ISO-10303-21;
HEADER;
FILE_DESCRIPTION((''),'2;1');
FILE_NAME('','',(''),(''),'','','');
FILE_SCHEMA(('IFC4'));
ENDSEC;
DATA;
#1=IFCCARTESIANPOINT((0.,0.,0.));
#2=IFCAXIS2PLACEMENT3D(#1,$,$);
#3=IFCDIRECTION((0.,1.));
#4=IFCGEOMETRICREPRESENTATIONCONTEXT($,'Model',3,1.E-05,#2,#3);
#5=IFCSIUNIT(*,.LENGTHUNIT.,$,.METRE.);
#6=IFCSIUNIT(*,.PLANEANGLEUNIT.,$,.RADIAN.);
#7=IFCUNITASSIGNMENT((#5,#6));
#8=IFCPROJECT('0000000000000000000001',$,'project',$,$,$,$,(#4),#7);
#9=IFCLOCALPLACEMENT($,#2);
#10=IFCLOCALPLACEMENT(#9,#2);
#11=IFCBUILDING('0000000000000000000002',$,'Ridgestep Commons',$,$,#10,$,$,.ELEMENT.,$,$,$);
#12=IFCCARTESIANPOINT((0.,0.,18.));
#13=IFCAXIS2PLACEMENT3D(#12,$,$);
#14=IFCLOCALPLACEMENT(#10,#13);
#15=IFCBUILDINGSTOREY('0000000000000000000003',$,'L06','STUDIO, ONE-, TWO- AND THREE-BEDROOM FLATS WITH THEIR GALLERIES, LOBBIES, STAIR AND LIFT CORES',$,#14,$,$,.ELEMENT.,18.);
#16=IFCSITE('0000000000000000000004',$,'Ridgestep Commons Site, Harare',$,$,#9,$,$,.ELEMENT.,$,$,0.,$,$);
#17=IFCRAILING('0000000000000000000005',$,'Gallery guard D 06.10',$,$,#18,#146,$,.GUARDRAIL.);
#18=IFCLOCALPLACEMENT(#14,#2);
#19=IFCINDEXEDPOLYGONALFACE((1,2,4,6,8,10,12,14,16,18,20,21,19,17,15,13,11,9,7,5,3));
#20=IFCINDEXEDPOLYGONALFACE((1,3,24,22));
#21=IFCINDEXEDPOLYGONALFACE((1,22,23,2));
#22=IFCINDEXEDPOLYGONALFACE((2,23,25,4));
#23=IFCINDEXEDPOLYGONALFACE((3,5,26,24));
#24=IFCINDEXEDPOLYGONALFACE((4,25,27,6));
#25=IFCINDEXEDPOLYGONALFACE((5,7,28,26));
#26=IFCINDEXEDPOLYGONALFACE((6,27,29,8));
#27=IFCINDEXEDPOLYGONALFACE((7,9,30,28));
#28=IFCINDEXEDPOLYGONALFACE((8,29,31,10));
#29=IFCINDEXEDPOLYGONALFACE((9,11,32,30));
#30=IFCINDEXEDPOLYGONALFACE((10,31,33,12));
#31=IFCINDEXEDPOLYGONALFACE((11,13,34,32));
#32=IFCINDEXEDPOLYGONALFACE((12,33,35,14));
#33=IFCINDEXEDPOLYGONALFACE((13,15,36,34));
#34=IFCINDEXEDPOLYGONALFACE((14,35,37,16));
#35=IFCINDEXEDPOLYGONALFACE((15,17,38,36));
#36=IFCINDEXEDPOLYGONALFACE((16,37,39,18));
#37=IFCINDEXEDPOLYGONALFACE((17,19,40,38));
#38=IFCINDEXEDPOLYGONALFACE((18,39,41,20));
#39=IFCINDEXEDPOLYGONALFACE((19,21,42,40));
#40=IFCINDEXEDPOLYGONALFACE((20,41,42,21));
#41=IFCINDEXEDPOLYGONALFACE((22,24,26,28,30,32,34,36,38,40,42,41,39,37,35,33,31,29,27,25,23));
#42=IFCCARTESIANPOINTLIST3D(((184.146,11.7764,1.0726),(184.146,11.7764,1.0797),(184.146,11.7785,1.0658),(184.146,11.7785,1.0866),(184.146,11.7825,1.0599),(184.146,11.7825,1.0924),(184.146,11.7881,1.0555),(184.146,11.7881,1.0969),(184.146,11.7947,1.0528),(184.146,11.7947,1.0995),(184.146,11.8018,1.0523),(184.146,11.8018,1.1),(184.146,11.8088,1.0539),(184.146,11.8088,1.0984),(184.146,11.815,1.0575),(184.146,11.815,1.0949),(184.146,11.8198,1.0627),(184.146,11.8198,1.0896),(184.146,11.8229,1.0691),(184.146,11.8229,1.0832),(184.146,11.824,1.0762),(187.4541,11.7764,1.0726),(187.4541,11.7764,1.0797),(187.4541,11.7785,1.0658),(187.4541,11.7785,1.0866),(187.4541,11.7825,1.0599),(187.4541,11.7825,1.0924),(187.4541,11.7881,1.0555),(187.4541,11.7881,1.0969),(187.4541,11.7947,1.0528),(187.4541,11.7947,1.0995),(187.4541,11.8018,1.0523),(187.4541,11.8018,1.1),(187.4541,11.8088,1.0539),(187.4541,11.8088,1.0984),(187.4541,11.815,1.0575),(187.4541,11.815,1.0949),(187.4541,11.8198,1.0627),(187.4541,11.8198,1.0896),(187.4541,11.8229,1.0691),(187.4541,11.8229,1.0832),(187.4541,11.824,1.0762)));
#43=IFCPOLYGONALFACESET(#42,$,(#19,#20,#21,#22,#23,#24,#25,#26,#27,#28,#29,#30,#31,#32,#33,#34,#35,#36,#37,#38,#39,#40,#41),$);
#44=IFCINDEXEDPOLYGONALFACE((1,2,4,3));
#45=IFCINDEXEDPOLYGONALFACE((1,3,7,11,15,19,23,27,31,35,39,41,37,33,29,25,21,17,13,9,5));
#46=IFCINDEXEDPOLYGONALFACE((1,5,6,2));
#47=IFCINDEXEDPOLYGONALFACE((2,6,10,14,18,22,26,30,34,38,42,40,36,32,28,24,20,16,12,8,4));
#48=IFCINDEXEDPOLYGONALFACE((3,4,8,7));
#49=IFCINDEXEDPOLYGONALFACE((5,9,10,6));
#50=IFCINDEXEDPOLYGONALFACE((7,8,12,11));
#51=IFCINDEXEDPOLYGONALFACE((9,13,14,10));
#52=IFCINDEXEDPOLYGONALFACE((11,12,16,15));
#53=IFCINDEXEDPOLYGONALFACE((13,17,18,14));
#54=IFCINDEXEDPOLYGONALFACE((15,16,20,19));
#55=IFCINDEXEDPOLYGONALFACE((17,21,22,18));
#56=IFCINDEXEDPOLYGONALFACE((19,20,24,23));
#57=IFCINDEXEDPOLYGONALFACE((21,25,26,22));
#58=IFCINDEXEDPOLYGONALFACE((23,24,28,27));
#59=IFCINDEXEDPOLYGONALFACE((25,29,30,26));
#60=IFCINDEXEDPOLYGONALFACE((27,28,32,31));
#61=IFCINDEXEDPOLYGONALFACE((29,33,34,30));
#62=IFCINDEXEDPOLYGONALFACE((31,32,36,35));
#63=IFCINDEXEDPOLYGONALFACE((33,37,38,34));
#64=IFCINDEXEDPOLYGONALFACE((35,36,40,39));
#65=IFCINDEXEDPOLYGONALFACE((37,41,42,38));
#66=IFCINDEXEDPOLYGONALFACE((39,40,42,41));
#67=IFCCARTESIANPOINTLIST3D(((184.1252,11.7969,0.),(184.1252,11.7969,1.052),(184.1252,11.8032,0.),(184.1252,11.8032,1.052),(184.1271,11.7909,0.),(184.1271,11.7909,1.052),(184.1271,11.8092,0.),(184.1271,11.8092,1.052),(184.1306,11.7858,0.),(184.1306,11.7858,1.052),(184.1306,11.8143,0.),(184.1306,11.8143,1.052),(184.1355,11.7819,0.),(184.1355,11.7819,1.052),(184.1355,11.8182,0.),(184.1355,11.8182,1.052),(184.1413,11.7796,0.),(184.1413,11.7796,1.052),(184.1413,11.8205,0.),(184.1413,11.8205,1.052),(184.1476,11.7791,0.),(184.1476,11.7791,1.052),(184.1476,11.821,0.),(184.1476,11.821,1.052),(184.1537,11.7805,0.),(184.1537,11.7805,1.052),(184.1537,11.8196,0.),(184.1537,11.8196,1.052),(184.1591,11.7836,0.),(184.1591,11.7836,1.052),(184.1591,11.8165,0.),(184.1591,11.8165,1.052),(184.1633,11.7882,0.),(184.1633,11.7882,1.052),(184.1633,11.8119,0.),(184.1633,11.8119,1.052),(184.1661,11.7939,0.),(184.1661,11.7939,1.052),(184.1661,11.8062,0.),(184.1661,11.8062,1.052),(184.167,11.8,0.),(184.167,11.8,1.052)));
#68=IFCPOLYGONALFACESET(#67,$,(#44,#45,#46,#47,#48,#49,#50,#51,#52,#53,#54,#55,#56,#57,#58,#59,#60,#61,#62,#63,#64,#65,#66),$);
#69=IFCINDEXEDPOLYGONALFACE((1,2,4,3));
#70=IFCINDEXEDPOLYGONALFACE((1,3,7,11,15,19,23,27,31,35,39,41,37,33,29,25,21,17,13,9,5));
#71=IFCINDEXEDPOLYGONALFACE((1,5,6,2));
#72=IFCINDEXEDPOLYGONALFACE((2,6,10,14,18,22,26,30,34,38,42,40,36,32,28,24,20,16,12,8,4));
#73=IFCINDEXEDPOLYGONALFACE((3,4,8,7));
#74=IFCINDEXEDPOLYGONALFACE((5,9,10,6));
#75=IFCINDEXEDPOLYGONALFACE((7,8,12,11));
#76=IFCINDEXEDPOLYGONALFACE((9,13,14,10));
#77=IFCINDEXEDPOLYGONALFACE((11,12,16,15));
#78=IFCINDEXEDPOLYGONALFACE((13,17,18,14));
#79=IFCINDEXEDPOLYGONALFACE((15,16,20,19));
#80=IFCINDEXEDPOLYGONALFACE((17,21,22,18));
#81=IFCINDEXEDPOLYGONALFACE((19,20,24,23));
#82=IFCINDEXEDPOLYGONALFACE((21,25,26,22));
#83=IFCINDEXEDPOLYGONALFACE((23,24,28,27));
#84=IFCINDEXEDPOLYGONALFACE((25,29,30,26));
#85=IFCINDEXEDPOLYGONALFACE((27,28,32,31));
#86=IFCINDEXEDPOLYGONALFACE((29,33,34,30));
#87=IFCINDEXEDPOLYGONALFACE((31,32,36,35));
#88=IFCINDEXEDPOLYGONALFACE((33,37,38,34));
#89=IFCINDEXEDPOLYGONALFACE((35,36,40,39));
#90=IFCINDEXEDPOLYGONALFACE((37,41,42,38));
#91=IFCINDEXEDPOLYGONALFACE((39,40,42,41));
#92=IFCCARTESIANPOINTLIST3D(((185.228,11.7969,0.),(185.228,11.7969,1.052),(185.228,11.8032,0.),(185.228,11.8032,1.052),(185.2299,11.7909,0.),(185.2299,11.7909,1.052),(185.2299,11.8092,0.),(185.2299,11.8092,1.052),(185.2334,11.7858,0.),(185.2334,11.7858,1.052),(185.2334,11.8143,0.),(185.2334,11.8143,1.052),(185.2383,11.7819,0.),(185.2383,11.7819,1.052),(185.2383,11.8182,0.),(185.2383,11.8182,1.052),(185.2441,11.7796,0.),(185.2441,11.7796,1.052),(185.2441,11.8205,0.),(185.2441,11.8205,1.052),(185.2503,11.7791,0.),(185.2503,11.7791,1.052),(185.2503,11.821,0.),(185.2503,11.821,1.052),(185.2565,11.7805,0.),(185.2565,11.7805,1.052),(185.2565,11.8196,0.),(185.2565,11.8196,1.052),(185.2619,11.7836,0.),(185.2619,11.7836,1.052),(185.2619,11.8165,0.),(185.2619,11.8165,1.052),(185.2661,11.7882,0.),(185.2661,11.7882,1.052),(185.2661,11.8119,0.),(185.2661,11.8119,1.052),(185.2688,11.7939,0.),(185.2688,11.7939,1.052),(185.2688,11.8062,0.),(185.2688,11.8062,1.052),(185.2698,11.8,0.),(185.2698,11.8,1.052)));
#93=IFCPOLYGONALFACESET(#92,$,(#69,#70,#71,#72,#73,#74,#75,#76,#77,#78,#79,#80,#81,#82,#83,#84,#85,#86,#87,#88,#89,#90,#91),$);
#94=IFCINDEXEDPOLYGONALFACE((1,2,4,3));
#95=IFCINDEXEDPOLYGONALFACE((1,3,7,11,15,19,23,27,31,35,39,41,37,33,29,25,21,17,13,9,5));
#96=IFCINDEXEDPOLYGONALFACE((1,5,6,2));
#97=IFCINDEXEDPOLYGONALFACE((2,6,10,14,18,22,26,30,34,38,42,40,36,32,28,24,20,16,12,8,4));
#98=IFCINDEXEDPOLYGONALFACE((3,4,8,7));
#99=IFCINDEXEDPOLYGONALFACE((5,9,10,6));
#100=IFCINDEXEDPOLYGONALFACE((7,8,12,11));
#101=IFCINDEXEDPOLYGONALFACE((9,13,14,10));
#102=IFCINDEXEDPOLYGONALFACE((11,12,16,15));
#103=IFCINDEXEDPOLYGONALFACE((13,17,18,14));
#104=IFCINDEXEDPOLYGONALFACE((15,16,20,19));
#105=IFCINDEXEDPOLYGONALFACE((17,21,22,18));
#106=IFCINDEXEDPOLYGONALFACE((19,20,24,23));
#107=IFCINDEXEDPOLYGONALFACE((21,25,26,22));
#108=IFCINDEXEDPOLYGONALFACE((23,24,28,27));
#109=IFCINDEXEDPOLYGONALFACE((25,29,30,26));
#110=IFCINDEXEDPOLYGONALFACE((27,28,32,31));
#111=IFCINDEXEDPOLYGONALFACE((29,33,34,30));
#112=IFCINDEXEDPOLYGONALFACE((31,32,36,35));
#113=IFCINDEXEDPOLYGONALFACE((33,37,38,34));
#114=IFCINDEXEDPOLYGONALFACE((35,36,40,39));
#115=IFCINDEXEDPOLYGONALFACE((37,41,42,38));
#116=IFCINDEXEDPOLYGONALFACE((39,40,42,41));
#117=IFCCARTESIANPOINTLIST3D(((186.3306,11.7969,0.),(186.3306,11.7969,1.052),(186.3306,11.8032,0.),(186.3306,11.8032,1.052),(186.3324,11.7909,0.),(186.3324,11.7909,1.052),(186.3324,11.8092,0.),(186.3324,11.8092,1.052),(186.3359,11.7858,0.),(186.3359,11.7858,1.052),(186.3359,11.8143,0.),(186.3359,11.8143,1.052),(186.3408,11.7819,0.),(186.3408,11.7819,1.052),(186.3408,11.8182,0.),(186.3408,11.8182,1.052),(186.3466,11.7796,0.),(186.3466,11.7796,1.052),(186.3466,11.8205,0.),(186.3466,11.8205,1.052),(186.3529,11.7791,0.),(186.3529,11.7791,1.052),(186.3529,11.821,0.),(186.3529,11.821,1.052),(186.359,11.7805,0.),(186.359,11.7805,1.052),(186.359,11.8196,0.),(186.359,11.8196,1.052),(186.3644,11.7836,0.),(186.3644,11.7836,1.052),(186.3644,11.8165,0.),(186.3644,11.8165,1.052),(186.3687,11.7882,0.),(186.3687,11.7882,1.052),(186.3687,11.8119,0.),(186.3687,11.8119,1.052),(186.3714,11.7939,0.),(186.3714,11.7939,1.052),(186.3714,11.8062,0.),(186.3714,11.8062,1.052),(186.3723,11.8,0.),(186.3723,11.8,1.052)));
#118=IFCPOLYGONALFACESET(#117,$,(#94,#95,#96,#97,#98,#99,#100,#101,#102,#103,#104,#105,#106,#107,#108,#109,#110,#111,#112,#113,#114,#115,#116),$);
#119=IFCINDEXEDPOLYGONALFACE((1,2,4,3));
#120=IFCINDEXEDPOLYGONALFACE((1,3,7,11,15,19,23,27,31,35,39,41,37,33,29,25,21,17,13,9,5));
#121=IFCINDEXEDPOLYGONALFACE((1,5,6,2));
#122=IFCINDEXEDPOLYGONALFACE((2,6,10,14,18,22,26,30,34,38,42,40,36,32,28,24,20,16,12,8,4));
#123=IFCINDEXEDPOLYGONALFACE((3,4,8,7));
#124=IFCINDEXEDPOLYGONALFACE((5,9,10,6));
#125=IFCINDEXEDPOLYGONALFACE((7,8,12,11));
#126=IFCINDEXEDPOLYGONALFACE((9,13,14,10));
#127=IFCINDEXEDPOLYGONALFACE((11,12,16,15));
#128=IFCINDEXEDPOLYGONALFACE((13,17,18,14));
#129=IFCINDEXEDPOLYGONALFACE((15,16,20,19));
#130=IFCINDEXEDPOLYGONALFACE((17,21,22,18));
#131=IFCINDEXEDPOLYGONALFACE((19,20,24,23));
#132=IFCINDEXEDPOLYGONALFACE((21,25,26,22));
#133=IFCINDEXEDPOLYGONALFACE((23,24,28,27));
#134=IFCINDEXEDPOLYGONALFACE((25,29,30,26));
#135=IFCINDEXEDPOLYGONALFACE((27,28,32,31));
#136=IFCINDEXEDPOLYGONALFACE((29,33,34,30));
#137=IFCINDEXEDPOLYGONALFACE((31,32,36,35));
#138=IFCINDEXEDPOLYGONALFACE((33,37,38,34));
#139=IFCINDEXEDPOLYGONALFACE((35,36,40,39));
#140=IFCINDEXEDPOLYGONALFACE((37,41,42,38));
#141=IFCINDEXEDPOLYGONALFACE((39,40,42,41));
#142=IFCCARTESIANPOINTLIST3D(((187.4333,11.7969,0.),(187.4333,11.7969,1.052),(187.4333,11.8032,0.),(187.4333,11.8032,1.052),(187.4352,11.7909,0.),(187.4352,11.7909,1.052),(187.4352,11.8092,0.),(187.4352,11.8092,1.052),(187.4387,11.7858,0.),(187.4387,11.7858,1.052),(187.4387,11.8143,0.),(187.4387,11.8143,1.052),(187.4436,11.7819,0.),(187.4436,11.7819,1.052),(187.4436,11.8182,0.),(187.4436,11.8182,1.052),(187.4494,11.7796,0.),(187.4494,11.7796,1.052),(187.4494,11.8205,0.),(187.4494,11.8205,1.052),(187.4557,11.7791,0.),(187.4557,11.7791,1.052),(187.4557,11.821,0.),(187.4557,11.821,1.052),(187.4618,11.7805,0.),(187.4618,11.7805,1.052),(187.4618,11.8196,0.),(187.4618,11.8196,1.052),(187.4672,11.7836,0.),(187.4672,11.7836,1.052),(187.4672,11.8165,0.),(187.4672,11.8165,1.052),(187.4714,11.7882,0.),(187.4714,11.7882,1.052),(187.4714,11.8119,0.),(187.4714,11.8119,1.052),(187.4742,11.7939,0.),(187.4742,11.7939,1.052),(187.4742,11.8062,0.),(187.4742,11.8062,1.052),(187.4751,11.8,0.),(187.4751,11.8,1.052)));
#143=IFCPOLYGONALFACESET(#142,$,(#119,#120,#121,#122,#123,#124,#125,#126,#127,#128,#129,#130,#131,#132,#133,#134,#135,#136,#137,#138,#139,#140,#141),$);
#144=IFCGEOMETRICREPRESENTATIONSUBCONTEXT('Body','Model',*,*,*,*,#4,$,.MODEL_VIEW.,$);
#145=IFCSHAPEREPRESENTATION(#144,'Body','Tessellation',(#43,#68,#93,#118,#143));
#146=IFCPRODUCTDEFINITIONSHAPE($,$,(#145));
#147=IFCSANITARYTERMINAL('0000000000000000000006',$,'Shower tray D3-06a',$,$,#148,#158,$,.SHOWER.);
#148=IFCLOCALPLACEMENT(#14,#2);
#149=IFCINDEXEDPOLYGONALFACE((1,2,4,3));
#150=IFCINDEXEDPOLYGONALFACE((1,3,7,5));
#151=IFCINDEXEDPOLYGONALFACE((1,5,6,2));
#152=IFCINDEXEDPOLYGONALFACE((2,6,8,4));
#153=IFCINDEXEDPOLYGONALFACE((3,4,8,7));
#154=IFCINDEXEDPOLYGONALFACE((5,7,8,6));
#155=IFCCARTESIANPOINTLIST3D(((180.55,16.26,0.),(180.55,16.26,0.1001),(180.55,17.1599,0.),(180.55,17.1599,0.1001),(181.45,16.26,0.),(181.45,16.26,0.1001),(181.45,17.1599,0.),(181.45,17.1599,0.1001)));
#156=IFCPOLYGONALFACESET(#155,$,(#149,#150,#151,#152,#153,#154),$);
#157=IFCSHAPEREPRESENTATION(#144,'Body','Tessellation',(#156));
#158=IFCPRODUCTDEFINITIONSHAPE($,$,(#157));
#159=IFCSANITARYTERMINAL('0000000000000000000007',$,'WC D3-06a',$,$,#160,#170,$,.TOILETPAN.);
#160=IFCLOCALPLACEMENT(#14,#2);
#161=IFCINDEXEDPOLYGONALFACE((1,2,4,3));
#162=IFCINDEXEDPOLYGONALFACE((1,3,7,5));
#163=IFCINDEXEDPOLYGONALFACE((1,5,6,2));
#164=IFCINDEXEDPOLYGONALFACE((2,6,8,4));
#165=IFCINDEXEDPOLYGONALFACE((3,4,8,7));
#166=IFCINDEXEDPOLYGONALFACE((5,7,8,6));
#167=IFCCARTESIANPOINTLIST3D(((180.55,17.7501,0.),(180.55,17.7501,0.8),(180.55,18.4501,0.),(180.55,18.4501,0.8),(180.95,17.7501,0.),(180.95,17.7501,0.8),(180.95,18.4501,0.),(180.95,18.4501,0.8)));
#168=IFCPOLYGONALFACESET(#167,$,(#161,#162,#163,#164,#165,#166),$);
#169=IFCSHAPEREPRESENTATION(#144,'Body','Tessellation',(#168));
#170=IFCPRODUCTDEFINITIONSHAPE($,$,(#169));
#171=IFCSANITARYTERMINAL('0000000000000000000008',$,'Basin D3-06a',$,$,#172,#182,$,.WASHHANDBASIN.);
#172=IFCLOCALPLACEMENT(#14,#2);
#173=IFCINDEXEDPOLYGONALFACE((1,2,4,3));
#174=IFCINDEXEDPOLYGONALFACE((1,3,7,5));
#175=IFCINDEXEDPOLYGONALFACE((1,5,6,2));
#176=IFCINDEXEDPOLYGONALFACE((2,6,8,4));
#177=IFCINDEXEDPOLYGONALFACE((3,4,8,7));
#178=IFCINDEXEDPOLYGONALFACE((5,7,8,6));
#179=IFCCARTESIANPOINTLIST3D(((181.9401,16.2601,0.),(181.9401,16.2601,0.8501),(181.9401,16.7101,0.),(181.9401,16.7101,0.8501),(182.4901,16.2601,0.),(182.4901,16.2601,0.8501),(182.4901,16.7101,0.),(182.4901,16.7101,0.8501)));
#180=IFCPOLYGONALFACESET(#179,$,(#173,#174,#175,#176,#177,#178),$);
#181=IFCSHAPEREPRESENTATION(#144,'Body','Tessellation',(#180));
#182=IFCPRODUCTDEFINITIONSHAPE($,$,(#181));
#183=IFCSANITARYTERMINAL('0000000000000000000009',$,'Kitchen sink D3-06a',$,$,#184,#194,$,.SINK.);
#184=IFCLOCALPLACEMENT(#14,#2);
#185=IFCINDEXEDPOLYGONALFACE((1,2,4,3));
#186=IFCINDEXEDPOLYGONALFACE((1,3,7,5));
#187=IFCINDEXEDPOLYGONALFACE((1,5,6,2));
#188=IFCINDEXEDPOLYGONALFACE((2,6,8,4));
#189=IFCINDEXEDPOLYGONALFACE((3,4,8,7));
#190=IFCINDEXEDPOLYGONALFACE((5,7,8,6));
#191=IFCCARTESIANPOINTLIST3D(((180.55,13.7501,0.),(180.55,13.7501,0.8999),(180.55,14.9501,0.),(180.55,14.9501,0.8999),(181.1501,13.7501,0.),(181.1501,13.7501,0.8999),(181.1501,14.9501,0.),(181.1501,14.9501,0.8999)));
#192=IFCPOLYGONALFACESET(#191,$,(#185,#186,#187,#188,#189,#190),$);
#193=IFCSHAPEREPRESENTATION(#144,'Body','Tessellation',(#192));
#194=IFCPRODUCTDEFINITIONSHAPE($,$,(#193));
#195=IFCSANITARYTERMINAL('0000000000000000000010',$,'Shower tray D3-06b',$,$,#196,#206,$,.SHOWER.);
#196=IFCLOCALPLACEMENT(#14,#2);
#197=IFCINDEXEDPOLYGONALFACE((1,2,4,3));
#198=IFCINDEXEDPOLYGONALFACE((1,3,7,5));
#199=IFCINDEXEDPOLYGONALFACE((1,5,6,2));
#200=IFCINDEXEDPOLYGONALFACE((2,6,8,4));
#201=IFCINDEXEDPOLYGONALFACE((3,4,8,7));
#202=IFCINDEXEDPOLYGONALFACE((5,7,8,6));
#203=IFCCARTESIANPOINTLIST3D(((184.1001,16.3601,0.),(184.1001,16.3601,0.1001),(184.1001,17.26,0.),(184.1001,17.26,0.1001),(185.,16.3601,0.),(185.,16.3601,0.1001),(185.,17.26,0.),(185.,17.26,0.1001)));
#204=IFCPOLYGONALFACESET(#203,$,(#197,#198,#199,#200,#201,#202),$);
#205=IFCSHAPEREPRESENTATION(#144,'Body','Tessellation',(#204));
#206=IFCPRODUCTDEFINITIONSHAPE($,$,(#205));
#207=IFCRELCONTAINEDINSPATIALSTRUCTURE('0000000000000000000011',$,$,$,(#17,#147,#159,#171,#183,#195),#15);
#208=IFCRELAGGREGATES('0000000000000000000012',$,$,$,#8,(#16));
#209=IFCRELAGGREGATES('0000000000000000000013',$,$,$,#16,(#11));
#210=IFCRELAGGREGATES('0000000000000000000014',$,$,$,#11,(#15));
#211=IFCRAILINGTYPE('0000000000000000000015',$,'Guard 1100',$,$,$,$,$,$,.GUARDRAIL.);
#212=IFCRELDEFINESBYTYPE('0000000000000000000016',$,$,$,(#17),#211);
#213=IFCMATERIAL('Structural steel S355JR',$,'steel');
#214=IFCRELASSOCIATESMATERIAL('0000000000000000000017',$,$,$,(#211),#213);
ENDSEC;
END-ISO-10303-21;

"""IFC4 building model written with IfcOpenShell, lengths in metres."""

from ifc_helpers import new_model, si_unit, direction, frame, origin, origin_2d, place, context, subcontext, project, spatial, rectangle, circle, extrude, material, type_object, element, save


model = new_model("IFC4")

# Units and contexts
model_context = context("Model", 3, precision=1e-05, world=origin(), true_north=direction((0.0, 1.0)))
body_context = subcontext(model_context, "Body", "Model", "MODEL_VIEW")
ifc_project = project(units=[si_unit("LENGTHUNIT", "METRE"), si_unit("PLANEANGLEUNIT", "RADIAN")], contexts=[model_context])

# Site, building, storey
site_placement = place(None, origin())
site = spatial("IfcSite", under=ifc_project, at=site_placement, Name="Ridgestep Commons Site, Harare", CompositionType="ELEMENT", RefElevation=0.0)
building_placement = place(site_placement, origin())
building = spatial("IfcBuilding", under=site, at=building_placement, Name="Ridgestep Commons", CompositionType="ELEMENT")
storey_placement = place(building_placement, frame((0.0, 0.0, 18.0)))
storey = spatial("IfcBuildingStorey", under=building, at=storey_placement, Name="L06", Description="STUDIO, ONE-, TWO- AND THREE-BEDROOM FLATS WITH THEIR GALLERIES, LOBBIES, STAIR AND LIFT CORES", CompositionType="ELEMENT", Elevation=18.0)

# Railing
ifc_material_1 = material(Name="Structural steel S355JR", Category="steel")
railing_type = type_object("IfcRailingType", Name="Guard 1100", PredefinedType="GUARDRAIL", material=ifc_material_1)
railing_placement = place(storey_placement, frame((184.146, 11.8, 0.0)))
element("IfcRailing", 1, at=railing_placement, inside=storey, type_object=railing_type, Name="Gallery guard D 06.10", PredefinedType="GUARDRAIL", context=body_context, shape_type="SweptSolid", body=[
    extrude(circle(Radius=0.0239, at=origin_2d()), frame((0.0, 0.0, 1.0762), z_axis=(1.0, 0.0, 0.0), x_axis=(0.0, 1.0, 0.0)), (0.0, 0.0, 1.0), 3.3081),
    extrude(circle(Radius=0.021, at=origin_2d()), origin(), (0.0, 0.0, 1.0), 1.052),
    extrude(circle(Radius=0.021, at=origin_2d()), frame((1.1028, 0.0, 0.0)), (0.0, 0.0, 1.0), 1.052),
    extrude(circle(Radius=0.021, at=origin_2d()), frame((2.2053, 0.0, 0.0)), (0.0, 0.0, 1.0), 1.052),
    extrude(circle(Radius=0.021, at=origin_2d()), frame((3.3081, 0.0, 0.0)), (0.0, 0.0, 1.0), 1.052),
])

# Sanitary terminals
sanitary_terminal_1_placement = place(storey_placement, frame((181.0, 16.71, 0.0), z_axis=(0.0, 0.0, 1.0), x_axis=(1.0, 0.0, 0.0)))
element("IfcSanitaryTerminal", 2, at=sanitary_terminal_1_placement, inside=storey, Name="Shower tray D3-06a", PredefinedType="SHOWER", context=body_context, shape_type="SweptSolid", body=[
    extrude(rectangle(XDim=0.8999, YDim=0.8999, at=origin_2d()), origin(), (0.0, 0.0, 1.0), 0.1001),
])
sanitary_terminal_2_placement = place(storey_placement, frame((180.75, 18.1001, 0.0), z_axis=(0.0, 0.0, 1.0), x_axis=(1.0, 0.0, 0.0)))
element("IfcSanitaryTerminal", 3, at=sanitary_terminal_2_placement, inside=storey, Name="WC D3-06a", PredefinedType="TOILETPAN", context=body_context, shape_type="SweptSolid", body=[
    extrude(rectangle(XDim=0.3999, YDim=0.7, at=origin_2d()), origin(), (0.0, 0.0, 1.0), 0.8),
])
sanitary_terminal_3_placement = place(storey_placement, frame((182.2151, 16.4851, 0.0), z_axis=(0.0, 0.0, 1.0), x_axis=(1.0, 0.0, 0.0)))
element("IfcSanitaryTerminal", 4, at=sanitary_terminal_3_placement, inside=storey, Name="Basin D3-06a", PredefinedType="WASHHANDBASIN", context=body_context, shape_type="SweptSolid", body=[
    extrude(rectangle(XDim=0.55, YDim=0.45, at=origin_2d()), origin(), (0.0, 0.0, 1.0), 0.8501),
])
sanitary_terminal_4_placement = place(storey_placement, frame((180.8501, 14.3501, 0.0), z_axis=(0.0, 0.0, 1.0), x_axis=(1.0, 0.0, 0.0)))
element("IfcSanitaryTerminal", 5, at=sanitary_terminal_4_placement, inside=storey, Name="Kitchen sink D3-06a", PredefinedType="SINK", context=body_context, shape_type="SweptSolid", body=[
    extrude(rectangle(XDim=0.6001, YDim=1.2, at=origin_2d()), origin(), (0.0, 0.0, 1.0), 0.8999),
])
sanitary_terminal_5_placement = place(storey_placement, frame((184.55, 16.8101, 0.0), z_axis=(0.0, 0.0, 1.0), x_axis=(1.0, 0.0, 0.0)))
element("IfcSanitaryTerminal", 6, at=sanitary_terminal_5_placement, inside=storey, Name="Shower tray D3-06b", PredefinedType="SHOWER", context=body_context, shape_type="SweptSolid", body=[
    extrude(rectangle(XDim=0.8999, YDim=0.8999, at=origin_2d()), origin(), (0.0, 0.0, 1.0), 0.1001),
])

save(model, "model.ifc")
